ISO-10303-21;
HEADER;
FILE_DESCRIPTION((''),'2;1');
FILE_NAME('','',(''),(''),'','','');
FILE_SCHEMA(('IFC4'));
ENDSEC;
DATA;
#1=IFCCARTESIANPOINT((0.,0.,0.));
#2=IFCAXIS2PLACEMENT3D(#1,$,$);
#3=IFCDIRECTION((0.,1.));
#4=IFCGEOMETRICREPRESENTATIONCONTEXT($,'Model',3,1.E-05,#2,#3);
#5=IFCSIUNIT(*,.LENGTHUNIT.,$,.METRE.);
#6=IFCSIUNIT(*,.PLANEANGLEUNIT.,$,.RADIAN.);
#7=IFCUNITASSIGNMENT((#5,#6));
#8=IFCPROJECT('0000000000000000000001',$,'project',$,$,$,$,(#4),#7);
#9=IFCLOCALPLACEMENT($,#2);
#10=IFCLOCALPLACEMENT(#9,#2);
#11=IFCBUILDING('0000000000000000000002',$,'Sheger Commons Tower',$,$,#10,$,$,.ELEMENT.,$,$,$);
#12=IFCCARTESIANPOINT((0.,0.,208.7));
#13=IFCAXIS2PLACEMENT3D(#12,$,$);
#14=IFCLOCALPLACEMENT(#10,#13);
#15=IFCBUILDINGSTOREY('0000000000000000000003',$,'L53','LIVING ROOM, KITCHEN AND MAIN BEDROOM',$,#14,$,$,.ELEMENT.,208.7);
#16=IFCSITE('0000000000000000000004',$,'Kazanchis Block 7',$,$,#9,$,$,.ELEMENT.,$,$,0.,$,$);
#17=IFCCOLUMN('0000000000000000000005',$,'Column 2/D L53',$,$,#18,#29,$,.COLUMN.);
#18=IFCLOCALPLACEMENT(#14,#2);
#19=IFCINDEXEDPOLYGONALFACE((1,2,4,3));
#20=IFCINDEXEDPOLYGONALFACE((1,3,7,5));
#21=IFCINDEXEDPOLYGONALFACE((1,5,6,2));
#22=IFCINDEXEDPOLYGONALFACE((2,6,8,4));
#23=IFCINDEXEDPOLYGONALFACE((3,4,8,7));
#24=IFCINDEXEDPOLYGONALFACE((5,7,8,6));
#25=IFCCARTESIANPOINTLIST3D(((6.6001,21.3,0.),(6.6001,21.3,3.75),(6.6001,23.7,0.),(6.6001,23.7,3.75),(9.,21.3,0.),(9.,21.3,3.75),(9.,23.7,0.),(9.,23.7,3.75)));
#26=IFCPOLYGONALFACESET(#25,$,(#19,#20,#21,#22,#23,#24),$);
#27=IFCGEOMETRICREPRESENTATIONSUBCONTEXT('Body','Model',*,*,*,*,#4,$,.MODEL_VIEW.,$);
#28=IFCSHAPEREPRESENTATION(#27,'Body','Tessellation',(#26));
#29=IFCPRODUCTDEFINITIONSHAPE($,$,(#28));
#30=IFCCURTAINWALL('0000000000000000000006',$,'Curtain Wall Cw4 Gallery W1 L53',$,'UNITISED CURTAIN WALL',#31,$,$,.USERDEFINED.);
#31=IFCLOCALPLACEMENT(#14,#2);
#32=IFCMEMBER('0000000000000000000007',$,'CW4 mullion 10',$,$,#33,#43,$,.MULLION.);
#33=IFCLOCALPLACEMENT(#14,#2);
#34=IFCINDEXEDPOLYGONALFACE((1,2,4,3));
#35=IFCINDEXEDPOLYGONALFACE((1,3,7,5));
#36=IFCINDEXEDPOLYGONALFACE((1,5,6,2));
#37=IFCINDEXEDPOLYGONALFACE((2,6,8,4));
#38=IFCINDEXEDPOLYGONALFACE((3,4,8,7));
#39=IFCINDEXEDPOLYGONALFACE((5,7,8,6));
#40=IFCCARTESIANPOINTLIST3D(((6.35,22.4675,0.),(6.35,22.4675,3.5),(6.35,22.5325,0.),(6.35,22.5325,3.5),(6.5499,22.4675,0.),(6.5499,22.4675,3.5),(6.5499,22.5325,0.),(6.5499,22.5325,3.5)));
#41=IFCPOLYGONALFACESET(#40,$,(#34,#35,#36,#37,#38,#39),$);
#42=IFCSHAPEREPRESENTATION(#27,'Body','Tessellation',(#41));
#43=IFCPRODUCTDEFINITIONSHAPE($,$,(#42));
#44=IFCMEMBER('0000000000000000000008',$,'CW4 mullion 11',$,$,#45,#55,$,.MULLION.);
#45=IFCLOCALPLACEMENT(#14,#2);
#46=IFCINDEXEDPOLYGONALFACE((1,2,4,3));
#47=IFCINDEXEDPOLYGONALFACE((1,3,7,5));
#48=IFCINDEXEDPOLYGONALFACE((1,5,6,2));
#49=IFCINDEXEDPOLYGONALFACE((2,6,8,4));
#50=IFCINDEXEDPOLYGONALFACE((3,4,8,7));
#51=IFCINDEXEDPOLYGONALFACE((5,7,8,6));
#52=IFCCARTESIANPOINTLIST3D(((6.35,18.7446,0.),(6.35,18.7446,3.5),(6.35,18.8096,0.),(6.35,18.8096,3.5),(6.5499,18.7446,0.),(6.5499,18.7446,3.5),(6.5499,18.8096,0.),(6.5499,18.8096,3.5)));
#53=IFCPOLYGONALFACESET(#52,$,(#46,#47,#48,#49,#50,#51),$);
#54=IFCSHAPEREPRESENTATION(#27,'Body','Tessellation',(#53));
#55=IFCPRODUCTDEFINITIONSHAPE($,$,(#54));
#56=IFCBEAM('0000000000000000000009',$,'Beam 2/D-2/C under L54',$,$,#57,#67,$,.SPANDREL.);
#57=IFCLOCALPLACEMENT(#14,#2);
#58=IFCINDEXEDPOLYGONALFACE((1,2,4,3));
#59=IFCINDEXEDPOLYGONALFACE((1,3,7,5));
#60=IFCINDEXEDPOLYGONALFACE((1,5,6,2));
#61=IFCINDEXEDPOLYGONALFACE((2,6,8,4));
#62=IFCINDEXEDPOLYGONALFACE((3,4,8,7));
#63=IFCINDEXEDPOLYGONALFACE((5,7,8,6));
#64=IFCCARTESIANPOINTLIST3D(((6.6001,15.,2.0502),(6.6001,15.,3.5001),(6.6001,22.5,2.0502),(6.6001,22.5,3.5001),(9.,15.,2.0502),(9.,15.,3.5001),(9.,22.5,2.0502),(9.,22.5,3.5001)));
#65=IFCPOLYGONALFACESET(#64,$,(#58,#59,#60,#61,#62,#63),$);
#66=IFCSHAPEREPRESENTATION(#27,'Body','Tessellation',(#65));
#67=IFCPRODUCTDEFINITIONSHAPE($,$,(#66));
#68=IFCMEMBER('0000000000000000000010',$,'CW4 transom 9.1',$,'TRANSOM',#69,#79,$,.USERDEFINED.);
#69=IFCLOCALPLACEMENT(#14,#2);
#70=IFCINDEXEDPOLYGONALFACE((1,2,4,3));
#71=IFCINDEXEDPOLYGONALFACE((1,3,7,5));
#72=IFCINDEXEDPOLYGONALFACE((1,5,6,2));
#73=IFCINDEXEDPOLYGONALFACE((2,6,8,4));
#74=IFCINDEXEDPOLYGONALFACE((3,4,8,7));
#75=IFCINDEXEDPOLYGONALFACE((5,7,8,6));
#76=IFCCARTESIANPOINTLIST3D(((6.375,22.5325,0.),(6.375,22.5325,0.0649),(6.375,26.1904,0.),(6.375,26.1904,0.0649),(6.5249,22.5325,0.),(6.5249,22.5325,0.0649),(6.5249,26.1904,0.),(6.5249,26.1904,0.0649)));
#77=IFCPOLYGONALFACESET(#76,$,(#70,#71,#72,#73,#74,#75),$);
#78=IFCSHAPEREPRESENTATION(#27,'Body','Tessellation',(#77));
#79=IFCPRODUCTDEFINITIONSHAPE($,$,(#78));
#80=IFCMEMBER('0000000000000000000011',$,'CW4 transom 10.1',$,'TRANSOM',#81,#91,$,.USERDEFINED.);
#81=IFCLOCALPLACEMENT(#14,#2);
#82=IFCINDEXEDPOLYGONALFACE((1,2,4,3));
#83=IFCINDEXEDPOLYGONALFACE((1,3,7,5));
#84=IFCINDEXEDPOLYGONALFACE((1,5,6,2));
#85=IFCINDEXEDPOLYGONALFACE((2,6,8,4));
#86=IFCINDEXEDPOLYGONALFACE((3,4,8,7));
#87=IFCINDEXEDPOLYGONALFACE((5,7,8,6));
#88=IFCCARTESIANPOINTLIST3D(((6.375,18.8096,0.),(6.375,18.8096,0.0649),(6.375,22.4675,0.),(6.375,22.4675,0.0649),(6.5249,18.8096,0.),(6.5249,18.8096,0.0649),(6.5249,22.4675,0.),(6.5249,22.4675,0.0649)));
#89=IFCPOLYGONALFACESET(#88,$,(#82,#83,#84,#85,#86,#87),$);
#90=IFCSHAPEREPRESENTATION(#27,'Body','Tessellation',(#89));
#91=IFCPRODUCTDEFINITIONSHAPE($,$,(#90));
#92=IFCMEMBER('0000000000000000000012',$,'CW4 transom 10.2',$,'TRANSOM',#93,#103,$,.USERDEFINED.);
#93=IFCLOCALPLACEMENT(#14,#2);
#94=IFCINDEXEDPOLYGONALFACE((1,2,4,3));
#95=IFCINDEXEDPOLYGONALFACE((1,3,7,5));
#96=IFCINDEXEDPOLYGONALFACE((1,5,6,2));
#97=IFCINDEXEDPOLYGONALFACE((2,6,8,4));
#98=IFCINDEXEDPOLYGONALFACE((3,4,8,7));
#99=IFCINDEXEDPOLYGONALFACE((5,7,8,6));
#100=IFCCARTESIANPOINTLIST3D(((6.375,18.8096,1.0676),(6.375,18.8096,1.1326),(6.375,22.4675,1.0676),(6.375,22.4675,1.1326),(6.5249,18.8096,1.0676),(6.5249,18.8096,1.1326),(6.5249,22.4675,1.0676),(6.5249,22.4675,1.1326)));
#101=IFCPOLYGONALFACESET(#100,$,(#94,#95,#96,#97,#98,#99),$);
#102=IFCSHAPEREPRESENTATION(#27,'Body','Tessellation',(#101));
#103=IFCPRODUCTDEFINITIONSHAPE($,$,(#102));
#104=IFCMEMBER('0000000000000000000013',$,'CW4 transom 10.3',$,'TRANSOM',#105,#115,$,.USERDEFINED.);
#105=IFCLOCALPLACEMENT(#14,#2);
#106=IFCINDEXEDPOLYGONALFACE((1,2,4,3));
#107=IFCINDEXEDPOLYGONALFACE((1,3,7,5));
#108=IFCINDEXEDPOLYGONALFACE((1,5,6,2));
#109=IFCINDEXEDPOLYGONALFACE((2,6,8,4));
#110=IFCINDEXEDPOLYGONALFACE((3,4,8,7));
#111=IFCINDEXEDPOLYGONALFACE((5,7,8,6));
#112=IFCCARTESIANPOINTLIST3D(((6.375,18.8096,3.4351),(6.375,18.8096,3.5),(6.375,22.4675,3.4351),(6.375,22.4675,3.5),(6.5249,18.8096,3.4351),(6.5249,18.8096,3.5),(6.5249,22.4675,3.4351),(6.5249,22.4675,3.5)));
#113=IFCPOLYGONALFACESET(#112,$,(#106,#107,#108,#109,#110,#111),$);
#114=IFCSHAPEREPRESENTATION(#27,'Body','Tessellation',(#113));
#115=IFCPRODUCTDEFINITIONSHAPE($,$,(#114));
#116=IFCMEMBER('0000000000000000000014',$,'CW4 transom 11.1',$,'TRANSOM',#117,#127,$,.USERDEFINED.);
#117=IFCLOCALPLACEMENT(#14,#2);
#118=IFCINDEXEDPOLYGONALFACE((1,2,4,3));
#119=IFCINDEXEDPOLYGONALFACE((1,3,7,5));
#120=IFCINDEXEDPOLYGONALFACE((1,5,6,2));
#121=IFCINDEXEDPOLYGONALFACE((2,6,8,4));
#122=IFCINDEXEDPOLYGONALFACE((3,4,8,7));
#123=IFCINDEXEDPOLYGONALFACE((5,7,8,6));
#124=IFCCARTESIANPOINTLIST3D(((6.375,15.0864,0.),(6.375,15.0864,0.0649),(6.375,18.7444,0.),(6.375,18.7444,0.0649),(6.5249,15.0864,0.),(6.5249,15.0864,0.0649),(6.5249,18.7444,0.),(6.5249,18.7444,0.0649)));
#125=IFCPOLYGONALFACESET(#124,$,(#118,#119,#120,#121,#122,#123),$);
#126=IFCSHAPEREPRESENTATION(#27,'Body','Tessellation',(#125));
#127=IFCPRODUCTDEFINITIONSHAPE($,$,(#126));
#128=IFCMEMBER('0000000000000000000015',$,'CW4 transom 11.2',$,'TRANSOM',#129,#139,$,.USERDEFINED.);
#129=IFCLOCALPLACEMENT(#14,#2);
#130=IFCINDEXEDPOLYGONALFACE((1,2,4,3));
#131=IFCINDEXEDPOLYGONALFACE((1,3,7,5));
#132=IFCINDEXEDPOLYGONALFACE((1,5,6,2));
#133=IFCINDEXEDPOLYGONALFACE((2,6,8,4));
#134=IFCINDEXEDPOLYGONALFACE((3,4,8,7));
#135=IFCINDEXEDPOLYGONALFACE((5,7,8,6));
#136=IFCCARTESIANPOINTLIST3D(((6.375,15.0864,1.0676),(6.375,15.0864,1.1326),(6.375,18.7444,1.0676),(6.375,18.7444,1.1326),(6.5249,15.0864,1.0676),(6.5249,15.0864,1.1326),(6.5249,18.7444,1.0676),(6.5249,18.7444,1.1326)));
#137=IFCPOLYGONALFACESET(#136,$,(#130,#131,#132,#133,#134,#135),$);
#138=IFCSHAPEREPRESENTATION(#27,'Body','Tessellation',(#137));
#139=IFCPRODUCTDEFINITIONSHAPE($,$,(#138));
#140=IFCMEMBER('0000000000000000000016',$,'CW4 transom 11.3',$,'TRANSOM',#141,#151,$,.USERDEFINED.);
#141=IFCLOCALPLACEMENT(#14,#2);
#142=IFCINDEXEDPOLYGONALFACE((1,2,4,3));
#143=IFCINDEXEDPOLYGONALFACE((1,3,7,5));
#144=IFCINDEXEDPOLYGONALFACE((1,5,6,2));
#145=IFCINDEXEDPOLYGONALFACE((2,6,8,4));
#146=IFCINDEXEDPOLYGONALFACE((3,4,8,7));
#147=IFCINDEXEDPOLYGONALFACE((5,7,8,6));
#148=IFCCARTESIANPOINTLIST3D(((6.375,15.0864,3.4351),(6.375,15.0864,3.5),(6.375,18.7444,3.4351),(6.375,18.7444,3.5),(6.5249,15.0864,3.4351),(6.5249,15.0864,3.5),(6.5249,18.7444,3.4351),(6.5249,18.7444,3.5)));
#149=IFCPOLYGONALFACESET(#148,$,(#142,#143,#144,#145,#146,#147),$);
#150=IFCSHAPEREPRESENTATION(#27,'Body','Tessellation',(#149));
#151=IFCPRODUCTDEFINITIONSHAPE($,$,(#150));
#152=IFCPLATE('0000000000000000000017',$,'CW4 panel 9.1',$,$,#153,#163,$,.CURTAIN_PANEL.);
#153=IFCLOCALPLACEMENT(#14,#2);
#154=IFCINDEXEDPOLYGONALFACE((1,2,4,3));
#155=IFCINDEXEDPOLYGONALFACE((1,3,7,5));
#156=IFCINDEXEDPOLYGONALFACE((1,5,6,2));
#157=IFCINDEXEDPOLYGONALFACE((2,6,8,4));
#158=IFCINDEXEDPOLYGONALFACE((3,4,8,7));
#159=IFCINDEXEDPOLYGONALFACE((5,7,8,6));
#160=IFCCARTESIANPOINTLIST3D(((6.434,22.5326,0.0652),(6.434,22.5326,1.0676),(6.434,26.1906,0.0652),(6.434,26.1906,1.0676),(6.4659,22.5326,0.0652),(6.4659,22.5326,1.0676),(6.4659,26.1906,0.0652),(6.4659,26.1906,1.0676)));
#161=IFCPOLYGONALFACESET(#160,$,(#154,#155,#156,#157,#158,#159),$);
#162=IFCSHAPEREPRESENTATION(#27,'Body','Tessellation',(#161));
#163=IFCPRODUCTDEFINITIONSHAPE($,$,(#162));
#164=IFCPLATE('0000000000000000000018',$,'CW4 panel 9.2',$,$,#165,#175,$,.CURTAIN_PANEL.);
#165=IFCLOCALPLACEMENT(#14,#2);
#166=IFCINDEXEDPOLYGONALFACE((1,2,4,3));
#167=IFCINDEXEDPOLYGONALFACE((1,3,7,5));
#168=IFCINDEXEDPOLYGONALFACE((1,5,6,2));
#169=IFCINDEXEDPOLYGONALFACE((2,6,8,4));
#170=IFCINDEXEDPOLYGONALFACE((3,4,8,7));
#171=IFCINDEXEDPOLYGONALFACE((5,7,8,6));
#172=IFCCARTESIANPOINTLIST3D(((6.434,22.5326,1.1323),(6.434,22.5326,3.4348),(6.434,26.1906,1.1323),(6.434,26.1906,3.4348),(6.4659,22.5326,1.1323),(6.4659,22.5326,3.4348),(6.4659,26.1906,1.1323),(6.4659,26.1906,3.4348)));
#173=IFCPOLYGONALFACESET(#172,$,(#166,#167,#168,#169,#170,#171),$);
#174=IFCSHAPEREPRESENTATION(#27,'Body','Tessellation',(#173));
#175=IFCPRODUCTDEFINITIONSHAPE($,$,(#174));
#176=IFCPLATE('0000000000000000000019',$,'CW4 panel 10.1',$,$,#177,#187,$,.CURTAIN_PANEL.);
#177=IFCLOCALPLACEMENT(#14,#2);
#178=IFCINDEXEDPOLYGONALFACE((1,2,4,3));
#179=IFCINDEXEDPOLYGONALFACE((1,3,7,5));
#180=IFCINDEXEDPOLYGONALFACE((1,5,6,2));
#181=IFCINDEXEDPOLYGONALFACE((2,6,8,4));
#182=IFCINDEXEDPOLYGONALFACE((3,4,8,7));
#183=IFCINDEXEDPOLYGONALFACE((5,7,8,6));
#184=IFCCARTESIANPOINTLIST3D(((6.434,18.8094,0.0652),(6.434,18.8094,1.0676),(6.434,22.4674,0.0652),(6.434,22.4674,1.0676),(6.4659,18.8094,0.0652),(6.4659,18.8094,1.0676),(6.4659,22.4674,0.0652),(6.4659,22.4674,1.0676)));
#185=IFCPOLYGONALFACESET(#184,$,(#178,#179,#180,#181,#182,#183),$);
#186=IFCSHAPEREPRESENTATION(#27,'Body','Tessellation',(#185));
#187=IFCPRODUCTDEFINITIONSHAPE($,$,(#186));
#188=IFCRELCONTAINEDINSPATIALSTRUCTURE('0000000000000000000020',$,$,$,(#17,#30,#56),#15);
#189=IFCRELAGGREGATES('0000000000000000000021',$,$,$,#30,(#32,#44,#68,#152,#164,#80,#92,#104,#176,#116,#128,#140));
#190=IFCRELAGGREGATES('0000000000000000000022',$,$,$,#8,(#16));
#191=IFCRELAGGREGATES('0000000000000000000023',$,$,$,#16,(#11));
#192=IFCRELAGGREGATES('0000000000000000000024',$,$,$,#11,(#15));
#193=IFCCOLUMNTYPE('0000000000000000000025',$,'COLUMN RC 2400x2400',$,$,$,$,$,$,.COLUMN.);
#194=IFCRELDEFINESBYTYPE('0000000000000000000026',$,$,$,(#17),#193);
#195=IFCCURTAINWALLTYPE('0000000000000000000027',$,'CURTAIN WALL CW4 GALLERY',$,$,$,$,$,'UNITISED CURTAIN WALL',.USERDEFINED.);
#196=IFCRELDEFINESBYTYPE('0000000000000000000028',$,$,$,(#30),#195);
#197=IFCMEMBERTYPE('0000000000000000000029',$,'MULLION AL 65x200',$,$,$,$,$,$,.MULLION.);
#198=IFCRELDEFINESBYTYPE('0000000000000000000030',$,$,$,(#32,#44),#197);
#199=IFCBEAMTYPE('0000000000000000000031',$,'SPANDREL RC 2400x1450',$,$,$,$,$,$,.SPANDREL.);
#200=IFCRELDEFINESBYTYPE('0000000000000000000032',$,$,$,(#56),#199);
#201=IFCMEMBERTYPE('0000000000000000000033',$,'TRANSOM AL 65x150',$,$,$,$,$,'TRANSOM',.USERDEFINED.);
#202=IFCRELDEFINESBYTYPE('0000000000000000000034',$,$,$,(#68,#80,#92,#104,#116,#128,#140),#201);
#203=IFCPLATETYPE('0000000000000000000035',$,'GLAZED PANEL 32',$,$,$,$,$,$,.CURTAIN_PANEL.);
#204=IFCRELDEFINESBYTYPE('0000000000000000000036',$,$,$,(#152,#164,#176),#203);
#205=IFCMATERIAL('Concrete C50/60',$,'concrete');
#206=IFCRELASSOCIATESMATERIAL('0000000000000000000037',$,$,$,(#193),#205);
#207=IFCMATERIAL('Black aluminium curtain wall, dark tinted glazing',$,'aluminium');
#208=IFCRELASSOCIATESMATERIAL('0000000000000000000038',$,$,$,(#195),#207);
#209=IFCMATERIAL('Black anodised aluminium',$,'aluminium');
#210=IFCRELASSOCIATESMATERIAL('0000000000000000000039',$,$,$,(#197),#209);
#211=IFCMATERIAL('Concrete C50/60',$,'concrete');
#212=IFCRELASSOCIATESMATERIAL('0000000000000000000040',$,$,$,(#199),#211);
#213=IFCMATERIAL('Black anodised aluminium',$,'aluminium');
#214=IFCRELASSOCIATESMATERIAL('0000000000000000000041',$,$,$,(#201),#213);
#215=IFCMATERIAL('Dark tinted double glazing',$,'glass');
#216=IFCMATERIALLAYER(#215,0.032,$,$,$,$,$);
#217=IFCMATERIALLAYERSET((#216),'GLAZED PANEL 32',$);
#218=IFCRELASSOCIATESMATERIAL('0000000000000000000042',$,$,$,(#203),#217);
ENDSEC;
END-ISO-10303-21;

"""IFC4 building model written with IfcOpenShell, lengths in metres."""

from ifc_helpers import new_model, si_unit, direction, frame, origin, origin_2d, place, context, subcontext, project, spatial, rectangle, extrude, material, layer, layer_set, material_profile, profile_set, type_object, element, aggregate, save


model = new_model("IFC4")

# Units and contexts
model_context = context("Model", 3, precision=1e-05, world=origin(), true_north=direction((0.0, 1.0)))
body_context = subcontext(model_context, "Body", "Model", "MODEL_VIEW")
ifc_project = project(units=[si_unit("LENGTHUNIT", "METRE"), si_unit("PLANEANGLEUNIT", "RADIAN")], contexts=[model_context])

# Site, building, storey
site_placement = place(None, origin())
site = spatial("IfcSite", under=ifc_project, at=site_placement, Name="Kazanchis Block 7", CompositionType="ELEMENT", RefElevation=0.0)
building_placement = place(site_placement, origin())
building = spatial("IfcBuilding", under=site, at=building_placement, Name="Sheger Commons Tower", CompositionType="ELEMENT")
storey_placement = place(building_placement, frame((0.0, 0.0, 208.7)))
storey = spatial("IfcBuildingStorey", under=building, at=storey_placement, Name="L53", Description="LIVING ROOM, KITCHEN AND MAIN BEDROOM", CompositionType="ELEMENT", Elevation=208.7)

# Column
ifc_material_1 = material(Name="Concrete C50/60", Category="concrete")
ifc_material_profile_1 = material_profile(ifc_material_1, rectangle(XDim=2.3999, YDim=2.3999, at=origin_2d()), Name="RC 2400x2400")
ifc_profile_set_1 = profile_set([ifc_material_profile_1], Name="Concrete C50/60")
column_type = type_object("IfcColumnType", Name="COLUMN RC 2400x2400", PredefinedType="COLUMN", material=ifc_profile_set_1)
column_placement = place(storey_placement, frame((7.8, 22.5, 0.0), z_axis=(0.0, 0.0, 1.0), x_axis=(1.0, 0.0, 0.0)))
element("IfcColumn", 1, at=column_placement, inside=storey, type_object=column_type, Name="Column 2/D L53", PredefinedType="COLUMN", context=body_context, shape_type="SweptSolid", body=[
    extrude(rectangle(XDim=2.3999, YDim=2.3999, at=origin_2d()), origin(), (0.0, 0.0, 1.0), 3.75),
])

# Curtain wall, members
ifc_material_2 = material(Name="Black aluminium curtain wall, dark tinted glazing", Category="aluminium")
curtain_wall_type = type_object("IfcCurtainWallType", Name="CURTAIN WALL CW4 GALLERY", ElementType="UNITISED CURTAIN WALL", PredefinedType="USERDEFINED", material=ifc_material_2)
curtain_wall_placement = place(storey_placement, origin())
curtain_wall = element("IfcCurtainWall", 2, at=curtain_wall_placement, inside=storey, type_object=curtain_wall_type, Name="Curtain Wall Cw4 Gallery W1 L53", ObjectType="UNITISED CURTAIN WALL", PredefinedType="USERDEFINED")
ifc_material_3 = material(Name="Black anodised aluminium", Category="aluminium")
ifc_material_profile_2 = material_profile(ifc_material_3, rectangle(XDim=0.2, YDim=0.0649, at=origin_2d()), Name="AL 65x200")
ifc_profile_set_2 = profile_set([ifc_material_profile_2], Name="Black anodised aluminium")
member_type_1 = type_object("IfcMemberType", Name="MULLION AL 65x200", PredefinedType="MULLION", material=ifc_profile_set_2)
member_1_placement = place(storey_placement, frame((6.45, 22.5, 0.0), z_axis=(0.0, 0.0, 1.0), x_axis=(1.0, 0.0, 0.0)))
member_1 = element("IfcMember", 3, at=member_1_placement, type_object=member_type_1, Name="CW4 mullion 10", PredefinedType="MULLION", context=body_context, shape_type="SweptSolid", body=[
    extrude(rectangle(XDim=0.2, YDim=0.0649, at=origin_2d()), origin(), (0.0, 0.0, 1.0), 3.5),
])
member_2_placement = place(storey_placement, frame((6.45, 18.7771, 0.0), z_axis=(0.0, 0.0, 1.0), x_axis=(1.0, 0.0, 0.0)))
member_2 = element("IfcMember", 4, at=member_2_placement, type_object=member_type_1, Name="CW4 mullion 11", PredefinedType="MULLION", context=body_context, shape_type="SweptSolid", body=[
    extrude(rectangle(XDim=0.2, YDim=0.0649, at=origin_2d()), origin(), (0.0, 0.0, 1.0), 3.5),
])

# Beam
ifc_material_4 = material(Name="Concrete C50/60", Category="concrete")
ifc_material_profile_3 = material_profile(ifc_material_4, rectangle(XDim=2.3999, YDim=1.45, at=origin_2d()), Name="RC 2400x1450")
ifc_profile_set_3 = profile_set([ifc_material_profile_3], Name="Concrete C50/60")
beam_type = type_object("IfcBeamType", Name="SPANDREL RC 2400x1450", PredefinedType="SPANDREL", material=ifc_profile_set_3)
beam_placement = place(storey_placement, frame((7.8, 22.5, 2.7751), z_axis=(0.0, -1.0, 0.0), x_axis=(1.0, 0.0, 0.0)))
element("IfcBeam", 5, at=beam_placement, inside=storey, type_object=beam_type, Name="Beam 2/D-2/C under L54", PredefinedType="SPANDREL", context=body_context, shape_type="SweptSolid", body=[
    extrude(rectangle(XDim=2.3999, YDim=1.45, at=origin_2d()), origin(), (0.0, 0.0, 1.0), 7.5),
])

# Members
ifc_material_5 = material(Name="Black anodised aluminium", Category="aluminium")
ifc_material_profile_4 = material_profile(ifc_material_5, rectangle(XDim=0.1499, YDim=0.0649, at=origin_2d()), Name="AL 65x150")
ifc_profile_set_4 = profile_set([ifc_material_profile_4], Name="Black anodised aluminium")
member_type_2 = type_object("IfcMemberType", Name="TRANSOM AL 65x150", ElementType="TRANSOM", PredefinedType="USERDEFINED", material=ifc_profile_set_4)
member_3_placement = place(storey_placement, frame((6.45, 26.1904, 0.0325), z_axis=(0.0, -1.0, 0.0), x_axis=(1.0, 0.0, 0.0)))
member_3 = element("IfcMember", 6, at=member_3_placement, type_object=member_type_2, Name="CW4 transom 9.1", ObjectType="TRANSOM", PredefinedType="USERDEFINED", context=body_context, shape_type="SweptSolid", body=[
    extrude(rectangle(XDim=0.1499, YDim=0.0649, at=origin_2d()), origin(), (0.0, 0.0, 1.0), 3.658),
])
member_4_placement = place(storey_placement, frame((6.45, 22.4675, 0.0325), z_axis=(0.0, -1.0, 0.0), x_axis=(1.0, 0.0, 0.0)))
member_4 = element("IfcMember", 7, at=member_4_placement, type_object=member_type_2, Name="CW4 transom 10.1", ObjectType="TRANSOM", PredefinedType="USERDEFINED", context=body_context, shape_type="SweptSolid", body=[
    extrude(rectangle(XDim=0.1499, YDim=0.0649, at=origin_2d()), origin(), (0.0, 0.0, 1.0), 3.658),
])
member_5_placement = place(storey_placement, frame((6.45, 22.4675, 1.1001), z_axis=(0.0, -1.0, 0.0), x_axis=(1.0, 0.0, 0.0)))
member_5 = element("IfcMember", 8, at=member_5_placement, type_object=member_type_2, Name="CW4 transom 10.2", ObjectType="TRANSOM", PredefinedType="USERDEFINED", context=body_context, shape_type="SweptSolid", body=[
    extrude(rectangle(XDim=0.1499, YDim=0.0649, at=origin_2d()), origin(), (0.0, 0.0, 1.0), 3.658),
])
member_6_placement = place(storey_placement, frame((6.45, 22.4675, 3.4675), z_axis=(0.0, -1.0, 0.0), x_axis=(1.0, 0.0, 0.0)))
member_6 = element("IfcMember", 9, at=member_6_placement, type_object=member_type_2, Name="CW4 transom 10.3", ObjectType="TRANSOM", PredefinedType="USERDEFINED", context=body_context, shape_type="SweptSolid", body=[
    extrude(rectangle(XDim=0.1499, YDim=0.0649, at=origin_2d()), origin(), (0.0, 0.0, 1.0), 3.658),
])
member_7_placement = place(storey_placement, frame((6.45, 18.7444, 0.0325), z_axis=(0.0, -1.0, 0.0), x_axis=(1.0, 0.0, 0.0)))
member_7 = element("IfcMember", 10, at=member_7_placement, type_object=member_type_2, Name="CW4 transom 11.1", ObjectType="TRANSOM", PredefinedType="USERDEFINED", context=body_context, shape_type="SweptSolid", body=[
    extrude(rectangle(XDim=0.1499, YDim=0.0649, at=origin_2d()), origin(), (0.0, 0.0, 1.0), 3.658),
])
member_8_placement = place(storey_placement, frame((6.45, 18.7444, 1.1001), z_axis=(0.0, -1.0, 0.0), x_axis=(1.0, 0.0, 0.0)))
member_8 = element("IfcMember", 11, at=member_8_placement, type_object=member_type_2, Name="CW4 transom 11.2", ObjectType="TRANSOM", PredefinedType="USERDEFINED", context=body_context, shape_type="SweptSolid", body=[
    extrude(rectangle(XDim=0.1499, YDim=0.0649, at=origin_2d()), origin(), (0.0, 0.0, 1.0), 3.658),
])
member_9_placement = place(storey_placement, frame((6.45, 18.7444, 3.4675), z_axis=(0.0, -1.0, 0.0), x_axis=(1.0, 0.0, 0.0)))
member_9 = element("IfcMember", 12, at=member_9_placement, type_object=member_type_2, Name="CW4 transom 11.3", ObjectType="TRANSOM", PredefinedType="USERDEFINED", context=body_context, shape_type="SweptSolid", body=[
    extrude(rectangle(XDim=0.1499, YDim=0.0649, at=origin_2d()), origin(), (0.0, 0.0, 1.0), 3.658),
])

# Plates
ifc_material_6 = material(Name="Dark tinted double glazing", Category="glass")
ifc_layer_1 = layer(ifc_material_6, 0.032)
ifc_layer_set_1 = layer_set([ifc_layer_1], Name="GLAZED PANEL 32")
plate_type_1 = type_object("IfcPlateType", Name="GLAZED PANEL 32", PredefinedType="CURTAIN_PANEL", material=ifc_layer_set_1)
plate_1_placement = place(storey_placement, frame((6.45, 24.3616, 0.0652), z_axis=(0.0, 0.0, 1.0), x_axis=(0.0, -1.0, 0.0)))
plate_1 = element("IfcPlate", 13, at=plate_1_placement, type_object=plate_type_1, Name="CW4 panel 9.1", PredefinedType="CURTAIN_PANEL", context=body_context, shape_type="SweptSolid", body=[
    extrude(rectangle(XDim=3.658, YDim=0.032, at=origin_2d()), origin(), (0.0, 0.0, 1.0), 1.0024),
])
plate_2_placement = place(storey_placement, frame((6.45, 24.3616, 1.1323), z_axis=(0.0, 0.0, 1.0), x_axis=(0.0, -1.0, 0.0)))
plate_2 = element("IfcPlate", 14, at=plate_2_placement, type_object=plate_type_1, Name="CW4 panel 9.2", PredefinedType="CURTAIN_PANEL", context=body_context, shape_type="SweptSolid", body=[
    extrude(rectangle(XDim=3.658, YDim=0.032, at=origin_2d()), origin(), (0.0, 0.0, 1.0), 2.3025),
])
plate_3_placement = place(storey_placement, frame((6.45, 20.6384, 0.0652), z_axis=(0.0, 0.0, 1.0), x_axis=(0.0, -1.0, 0.0)))
plate_3 = element("IfcPlate", 15, at=plate_3_placement, type_object=plate_type_1, Name="CW4 panel 10.1", PredefinedType="CURTAIN_PANEL", context=body_context, shape_type="SweptSolid", body=[
    extrude(rectangle(XDim=3.658, YDim=0.032, at=origin_2d()), origin(), (0.0, 0.0, 1.0), 1.0024),
])
aggregate(curtain_wall, [member_1, member_2, member_3, plate_1, plate_2, member_4, member_5, member_6, plate_3, member_7, member_8, member_9])

save(model, "model.ifc")
